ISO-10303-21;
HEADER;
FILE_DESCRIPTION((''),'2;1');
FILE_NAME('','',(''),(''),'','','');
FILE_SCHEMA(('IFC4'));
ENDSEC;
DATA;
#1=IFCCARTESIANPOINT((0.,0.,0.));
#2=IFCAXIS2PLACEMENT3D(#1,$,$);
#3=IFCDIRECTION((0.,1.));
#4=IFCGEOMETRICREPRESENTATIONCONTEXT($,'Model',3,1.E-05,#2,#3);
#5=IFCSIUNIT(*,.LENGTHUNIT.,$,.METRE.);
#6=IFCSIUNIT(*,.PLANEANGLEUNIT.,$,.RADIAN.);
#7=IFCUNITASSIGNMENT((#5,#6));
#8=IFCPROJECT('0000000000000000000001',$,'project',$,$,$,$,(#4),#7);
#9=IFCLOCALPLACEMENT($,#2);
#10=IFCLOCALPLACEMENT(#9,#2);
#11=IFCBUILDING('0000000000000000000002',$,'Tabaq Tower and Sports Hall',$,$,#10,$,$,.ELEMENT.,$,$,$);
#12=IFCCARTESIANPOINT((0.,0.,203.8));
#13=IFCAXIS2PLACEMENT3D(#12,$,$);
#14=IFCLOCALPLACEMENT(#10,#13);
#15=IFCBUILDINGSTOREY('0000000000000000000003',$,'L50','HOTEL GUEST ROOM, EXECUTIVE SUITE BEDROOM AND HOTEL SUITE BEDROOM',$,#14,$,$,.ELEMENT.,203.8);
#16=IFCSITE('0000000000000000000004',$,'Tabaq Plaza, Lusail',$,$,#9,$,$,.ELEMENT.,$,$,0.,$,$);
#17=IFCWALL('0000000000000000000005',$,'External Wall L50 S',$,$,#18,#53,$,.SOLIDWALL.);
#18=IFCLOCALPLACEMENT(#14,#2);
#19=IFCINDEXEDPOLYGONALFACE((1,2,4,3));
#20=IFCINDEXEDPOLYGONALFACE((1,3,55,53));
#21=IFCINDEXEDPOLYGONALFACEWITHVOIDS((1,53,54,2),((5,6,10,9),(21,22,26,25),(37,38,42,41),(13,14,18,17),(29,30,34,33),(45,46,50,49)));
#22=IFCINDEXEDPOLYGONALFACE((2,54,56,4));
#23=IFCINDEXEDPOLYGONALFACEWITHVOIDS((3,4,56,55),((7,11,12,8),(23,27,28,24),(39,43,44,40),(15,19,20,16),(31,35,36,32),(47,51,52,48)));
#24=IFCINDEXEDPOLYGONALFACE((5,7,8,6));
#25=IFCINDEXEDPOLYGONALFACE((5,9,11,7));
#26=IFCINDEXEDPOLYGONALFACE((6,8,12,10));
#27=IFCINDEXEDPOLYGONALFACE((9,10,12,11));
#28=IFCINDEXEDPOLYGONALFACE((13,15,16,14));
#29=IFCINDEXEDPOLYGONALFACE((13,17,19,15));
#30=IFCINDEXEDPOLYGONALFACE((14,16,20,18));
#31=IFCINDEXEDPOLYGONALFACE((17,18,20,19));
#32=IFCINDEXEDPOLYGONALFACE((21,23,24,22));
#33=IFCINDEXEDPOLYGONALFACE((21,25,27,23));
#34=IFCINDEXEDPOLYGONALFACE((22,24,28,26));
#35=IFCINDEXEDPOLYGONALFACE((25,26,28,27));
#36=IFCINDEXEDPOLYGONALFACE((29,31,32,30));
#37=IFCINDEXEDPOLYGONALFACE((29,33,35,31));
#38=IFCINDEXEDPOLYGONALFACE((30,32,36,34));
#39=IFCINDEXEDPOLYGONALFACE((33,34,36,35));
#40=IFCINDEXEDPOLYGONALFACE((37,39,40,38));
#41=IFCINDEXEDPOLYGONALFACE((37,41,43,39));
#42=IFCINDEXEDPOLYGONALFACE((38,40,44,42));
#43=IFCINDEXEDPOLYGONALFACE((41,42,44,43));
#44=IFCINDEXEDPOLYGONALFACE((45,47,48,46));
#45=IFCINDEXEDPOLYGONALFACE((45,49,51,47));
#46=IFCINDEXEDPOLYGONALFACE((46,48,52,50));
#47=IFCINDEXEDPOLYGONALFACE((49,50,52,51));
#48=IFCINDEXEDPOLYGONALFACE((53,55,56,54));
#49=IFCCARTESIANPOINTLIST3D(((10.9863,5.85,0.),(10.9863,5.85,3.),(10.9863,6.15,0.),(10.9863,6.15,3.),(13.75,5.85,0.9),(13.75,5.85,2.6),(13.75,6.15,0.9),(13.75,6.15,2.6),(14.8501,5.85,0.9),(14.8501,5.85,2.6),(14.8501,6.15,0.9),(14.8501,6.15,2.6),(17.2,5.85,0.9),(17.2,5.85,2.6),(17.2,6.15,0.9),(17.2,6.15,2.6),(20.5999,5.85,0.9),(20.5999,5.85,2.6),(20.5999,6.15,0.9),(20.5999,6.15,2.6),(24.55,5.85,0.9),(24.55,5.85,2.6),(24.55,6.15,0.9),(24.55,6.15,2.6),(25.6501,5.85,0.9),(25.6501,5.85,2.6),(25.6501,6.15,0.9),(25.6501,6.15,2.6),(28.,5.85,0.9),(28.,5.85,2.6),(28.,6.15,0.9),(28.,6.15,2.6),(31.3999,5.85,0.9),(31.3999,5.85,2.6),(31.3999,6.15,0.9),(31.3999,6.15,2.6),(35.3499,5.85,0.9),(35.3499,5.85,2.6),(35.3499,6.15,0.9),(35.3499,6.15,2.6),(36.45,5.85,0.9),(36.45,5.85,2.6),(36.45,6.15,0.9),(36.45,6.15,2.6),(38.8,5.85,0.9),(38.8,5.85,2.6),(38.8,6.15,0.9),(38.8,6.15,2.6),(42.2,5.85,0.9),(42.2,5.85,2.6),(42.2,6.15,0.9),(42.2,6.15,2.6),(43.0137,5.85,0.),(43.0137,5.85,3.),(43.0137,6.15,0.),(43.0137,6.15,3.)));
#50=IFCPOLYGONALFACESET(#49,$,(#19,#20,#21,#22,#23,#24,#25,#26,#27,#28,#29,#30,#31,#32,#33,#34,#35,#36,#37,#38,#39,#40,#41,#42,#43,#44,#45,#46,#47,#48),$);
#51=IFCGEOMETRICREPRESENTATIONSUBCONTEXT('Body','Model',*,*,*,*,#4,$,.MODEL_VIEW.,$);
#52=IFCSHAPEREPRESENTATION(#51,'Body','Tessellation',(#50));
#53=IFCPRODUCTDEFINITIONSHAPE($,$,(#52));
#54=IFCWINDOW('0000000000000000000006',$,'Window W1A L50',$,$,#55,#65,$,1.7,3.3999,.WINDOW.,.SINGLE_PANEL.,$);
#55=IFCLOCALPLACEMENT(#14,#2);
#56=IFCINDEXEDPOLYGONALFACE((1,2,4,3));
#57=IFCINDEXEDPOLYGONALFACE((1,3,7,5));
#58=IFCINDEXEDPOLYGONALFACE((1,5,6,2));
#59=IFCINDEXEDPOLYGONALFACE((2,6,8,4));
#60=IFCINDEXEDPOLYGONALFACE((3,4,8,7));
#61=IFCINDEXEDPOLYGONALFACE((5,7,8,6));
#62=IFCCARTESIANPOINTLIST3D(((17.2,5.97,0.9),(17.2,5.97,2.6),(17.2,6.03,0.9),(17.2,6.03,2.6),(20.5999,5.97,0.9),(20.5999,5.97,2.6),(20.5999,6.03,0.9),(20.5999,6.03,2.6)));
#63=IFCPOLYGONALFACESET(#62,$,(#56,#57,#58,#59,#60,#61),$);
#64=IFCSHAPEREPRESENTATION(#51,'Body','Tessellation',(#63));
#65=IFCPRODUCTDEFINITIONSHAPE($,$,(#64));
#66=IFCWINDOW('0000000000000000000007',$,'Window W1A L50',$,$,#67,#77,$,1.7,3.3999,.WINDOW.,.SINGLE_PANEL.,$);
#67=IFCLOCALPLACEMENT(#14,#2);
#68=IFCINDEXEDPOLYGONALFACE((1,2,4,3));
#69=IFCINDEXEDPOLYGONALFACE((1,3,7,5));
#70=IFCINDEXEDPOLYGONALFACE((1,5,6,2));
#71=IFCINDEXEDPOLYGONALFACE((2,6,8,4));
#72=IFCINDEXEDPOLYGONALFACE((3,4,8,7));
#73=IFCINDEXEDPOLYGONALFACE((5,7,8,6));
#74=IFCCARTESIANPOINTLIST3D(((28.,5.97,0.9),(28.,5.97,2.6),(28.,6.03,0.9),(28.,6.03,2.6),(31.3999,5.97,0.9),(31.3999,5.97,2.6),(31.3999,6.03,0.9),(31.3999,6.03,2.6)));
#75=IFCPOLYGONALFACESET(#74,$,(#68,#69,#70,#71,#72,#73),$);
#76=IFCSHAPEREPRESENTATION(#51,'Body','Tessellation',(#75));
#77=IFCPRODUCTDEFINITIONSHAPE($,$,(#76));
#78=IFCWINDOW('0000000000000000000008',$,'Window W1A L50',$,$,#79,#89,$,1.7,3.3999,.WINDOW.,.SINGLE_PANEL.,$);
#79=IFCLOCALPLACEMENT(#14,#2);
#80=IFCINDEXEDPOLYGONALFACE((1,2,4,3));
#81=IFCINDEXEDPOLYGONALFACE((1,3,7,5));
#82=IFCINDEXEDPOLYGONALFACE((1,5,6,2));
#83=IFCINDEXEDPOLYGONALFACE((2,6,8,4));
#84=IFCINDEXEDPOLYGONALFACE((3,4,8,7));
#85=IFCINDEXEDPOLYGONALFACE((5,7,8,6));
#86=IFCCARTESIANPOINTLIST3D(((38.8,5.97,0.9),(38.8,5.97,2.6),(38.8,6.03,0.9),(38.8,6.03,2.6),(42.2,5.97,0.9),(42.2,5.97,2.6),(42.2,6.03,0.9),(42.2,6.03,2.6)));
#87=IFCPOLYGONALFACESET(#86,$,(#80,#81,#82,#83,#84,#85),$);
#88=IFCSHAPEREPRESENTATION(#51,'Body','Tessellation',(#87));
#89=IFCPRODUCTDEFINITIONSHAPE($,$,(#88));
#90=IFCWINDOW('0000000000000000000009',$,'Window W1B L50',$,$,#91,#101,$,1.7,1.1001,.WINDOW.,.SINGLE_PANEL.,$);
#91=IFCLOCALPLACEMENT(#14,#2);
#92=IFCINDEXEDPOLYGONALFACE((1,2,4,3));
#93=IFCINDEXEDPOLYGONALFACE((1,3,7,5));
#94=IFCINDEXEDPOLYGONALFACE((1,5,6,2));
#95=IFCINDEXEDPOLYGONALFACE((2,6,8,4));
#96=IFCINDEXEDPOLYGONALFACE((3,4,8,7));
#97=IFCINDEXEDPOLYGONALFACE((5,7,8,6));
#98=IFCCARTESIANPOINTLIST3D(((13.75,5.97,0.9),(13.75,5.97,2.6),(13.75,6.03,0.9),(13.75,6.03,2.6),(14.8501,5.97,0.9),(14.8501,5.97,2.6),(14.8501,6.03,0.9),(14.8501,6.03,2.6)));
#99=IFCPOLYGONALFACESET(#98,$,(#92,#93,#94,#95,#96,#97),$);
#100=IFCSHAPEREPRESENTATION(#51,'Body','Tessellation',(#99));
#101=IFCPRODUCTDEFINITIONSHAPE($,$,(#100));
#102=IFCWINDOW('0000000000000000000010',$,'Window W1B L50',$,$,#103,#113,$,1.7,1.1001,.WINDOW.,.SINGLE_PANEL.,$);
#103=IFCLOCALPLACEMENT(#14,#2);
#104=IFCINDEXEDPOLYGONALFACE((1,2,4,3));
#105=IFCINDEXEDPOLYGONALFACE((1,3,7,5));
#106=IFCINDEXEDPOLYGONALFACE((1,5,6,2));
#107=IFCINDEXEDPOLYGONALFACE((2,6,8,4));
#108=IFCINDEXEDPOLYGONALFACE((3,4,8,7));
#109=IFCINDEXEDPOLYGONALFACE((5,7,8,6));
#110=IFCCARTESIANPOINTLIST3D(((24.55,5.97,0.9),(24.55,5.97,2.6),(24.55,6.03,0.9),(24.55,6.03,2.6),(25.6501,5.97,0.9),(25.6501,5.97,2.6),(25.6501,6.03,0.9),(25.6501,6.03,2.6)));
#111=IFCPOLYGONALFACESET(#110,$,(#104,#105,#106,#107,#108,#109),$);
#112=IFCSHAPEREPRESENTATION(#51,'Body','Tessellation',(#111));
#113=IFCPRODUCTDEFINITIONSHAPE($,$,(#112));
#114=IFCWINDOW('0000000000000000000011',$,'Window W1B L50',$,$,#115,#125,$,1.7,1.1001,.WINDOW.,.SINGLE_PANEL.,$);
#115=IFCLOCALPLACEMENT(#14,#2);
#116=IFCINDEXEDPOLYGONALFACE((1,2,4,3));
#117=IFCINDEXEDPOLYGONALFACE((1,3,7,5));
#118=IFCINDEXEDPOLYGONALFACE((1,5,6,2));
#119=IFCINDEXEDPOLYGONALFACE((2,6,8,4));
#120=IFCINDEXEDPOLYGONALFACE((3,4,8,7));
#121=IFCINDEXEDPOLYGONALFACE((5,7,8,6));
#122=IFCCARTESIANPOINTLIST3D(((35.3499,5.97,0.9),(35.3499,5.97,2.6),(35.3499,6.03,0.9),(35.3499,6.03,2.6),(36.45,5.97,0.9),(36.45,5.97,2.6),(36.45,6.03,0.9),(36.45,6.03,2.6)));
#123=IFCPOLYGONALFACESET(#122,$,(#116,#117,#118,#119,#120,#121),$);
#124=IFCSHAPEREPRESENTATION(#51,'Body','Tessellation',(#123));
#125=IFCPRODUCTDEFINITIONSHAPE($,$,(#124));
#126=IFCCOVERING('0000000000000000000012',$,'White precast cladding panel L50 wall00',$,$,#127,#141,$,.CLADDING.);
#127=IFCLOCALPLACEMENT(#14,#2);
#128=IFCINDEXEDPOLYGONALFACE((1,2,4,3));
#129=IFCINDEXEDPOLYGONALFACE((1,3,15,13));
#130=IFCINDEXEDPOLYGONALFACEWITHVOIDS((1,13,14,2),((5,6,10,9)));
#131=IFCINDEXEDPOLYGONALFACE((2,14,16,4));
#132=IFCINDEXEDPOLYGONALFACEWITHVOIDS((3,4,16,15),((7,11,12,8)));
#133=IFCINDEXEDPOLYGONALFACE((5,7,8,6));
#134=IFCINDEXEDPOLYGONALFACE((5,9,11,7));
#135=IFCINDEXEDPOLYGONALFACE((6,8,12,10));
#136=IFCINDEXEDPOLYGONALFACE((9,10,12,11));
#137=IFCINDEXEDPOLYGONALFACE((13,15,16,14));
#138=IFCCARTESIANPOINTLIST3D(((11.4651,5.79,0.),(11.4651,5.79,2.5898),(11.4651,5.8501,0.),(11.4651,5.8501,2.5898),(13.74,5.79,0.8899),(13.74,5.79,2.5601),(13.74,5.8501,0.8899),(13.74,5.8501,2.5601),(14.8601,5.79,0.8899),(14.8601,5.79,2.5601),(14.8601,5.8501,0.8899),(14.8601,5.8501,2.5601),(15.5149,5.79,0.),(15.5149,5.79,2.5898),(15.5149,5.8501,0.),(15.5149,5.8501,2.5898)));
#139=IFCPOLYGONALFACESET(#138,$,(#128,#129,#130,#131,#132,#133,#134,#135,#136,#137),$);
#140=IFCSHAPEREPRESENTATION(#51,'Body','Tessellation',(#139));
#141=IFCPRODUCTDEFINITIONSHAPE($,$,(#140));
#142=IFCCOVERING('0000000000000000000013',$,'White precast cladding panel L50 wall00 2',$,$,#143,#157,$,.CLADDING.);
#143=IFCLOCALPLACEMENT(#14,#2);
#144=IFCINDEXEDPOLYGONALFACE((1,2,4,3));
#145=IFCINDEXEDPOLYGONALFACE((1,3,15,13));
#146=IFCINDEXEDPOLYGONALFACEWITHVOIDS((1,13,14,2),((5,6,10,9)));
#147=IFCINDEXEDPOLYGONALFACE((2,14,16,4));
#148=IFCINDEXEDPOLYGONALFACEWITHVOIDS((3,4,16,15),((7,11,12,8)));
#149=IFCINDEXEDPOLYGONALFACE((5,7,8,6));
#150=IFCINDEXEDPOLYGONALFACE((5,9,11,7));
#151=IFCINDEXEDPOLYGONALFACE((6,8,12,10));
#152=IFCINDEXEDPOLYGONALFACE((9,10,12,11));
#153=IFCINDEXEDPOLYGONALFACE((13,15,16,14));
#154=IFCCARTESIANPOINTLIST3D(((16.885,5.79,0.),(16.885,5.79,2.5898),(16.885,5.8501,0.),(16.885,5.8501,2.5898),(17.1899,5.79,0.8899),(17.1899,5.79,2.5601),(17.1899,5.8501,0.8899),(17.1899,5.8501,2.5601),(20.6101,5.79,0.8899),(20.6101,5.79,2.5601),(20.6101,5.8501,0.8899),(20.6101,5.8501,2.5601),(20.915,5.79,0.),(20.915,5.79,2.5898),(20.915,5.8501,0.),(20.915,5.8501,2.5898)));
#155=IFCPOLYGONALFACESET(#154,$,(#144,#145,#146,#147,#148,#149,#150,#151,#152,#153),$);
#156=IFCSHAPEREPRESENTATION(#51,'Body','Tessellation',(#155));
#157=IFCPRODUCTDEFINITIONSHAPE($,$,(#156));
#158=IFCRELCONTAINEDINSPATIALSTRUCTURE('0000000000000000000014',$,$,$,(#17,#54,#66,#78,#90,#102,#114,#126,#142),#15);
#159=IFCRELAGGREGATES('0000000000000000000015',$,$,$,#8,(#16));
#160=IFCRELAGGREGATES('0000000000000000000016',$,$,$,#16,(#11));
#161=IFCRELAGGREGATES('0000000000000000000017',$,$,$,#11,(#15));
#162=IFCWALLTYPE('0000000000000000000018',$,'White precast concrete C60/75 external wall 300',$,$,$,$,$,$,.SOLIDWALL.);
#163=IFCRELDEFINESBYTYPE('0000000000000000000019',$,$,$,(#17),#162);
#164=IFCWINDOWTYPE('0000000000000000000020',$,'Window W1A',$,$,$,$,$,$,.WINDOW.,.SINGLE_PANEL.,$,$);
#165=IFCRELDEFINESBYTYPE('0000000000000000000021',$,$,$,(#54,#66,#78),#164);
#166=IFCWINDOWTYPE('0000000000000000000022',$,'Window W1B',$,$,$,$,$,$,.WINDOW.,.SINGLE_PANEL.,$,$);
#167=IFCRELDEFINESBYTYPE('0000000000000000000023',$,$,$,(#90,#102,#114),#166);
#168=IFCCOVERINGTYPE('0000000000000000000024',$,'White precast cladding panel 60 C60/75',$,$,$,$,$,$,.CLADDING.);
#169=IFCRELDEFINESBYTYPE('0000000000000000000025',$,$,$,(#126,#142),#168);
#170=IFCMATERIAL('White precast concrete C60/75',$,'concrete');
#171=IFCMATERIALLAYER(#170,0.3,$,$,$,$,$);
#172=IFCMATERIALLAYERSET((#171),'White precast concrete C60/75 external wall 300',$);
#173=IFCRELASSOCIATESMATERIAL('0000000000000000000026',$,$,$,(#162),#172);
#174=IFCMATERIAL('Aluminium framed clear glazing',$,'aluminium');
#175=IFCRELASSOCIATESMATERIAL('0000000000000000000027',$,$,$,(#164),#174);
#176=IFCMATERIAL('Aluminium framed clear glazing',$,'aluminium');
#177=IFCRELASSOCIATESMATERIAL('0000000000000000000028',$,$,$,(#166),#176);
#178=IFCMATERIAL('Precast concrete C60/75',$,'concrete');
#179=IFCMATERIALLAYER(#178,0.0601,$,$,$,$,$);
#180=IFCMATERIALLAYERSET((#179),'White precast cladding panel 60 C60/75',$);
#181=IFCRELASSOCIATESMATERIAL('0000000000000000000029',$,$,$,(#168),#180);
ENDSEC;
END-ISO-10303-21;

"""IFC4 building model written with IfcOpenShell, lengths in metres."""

from ifc_helpers import new_model, si_unit, direction, frame, frame_2d, origin, place, context, subcontext, project, spatial, polyline, rectangle, outline, extrude, material, layer, layer_set, type_object, element, fill, save


model = new_model("IFC4")

# Units and contexts
model_context = context("Model", 3, precision=1e-05, world=origin(), true_north=direction((0.0, 1.0)))
body_context = subcontext(model_context, "Body", "Model", "MODEL_VIEW")
ifc_project = project(units=[si_unit("LENGTHUNIT", "METRE"), si_unit("PLANEANGLEUNIT", "RADIAN")], contexts=[model_context])

# Site, building, storey
site_placement = place(None, origin())
site = spatial("IfcSite", under=ifc_project, at=site_placement, Name="Tabaq Plaza, Lusail", CompositionType="ELEMENT", RefElevation=0.0)
building_placement = place(site_placement, origin())
building = spatial("IfcBuilding", under=site, at=building_placement, Name="Tabaq Tower and Sports Hall", CompositionType="ELEMENT")
storey_placement = place(building_placement, frame((0.0, 0.0, 203.8)))
storey = spatial("IfcBuildingStorey", under=building, at=storey_placement, Name="L50", Description="HOTEL GUEST ROOM, EXECUTIVE SUITE BEDROOM AND HOTEL SUITE BEDROOM", CompositionType="ELEMENT", Elevation=203.8)

# Wall, openings, windows
ifc_material_1 = material(Name="White precast concrete C60/75", Category="concrete")
ifc_layer_1 = layer(ifc_material_1, 0.3)
ifc_layer_set_1 = layer_set([ifc_layer_1], Name="White precast concrete C60/75 external wall 300")
wall_type_1 = type_object("IfcWallType", Name="White precast concrete C60/75 external wall 300", PredefinedType="SOLIDWALL", material=ifc_layer_set_1)
wall_1_placement = place(storey_placement, frame((10.9863, 6.0, 0.0), z_axis=(0.0, 0.0, 1.0), x_axis=(1.0, 0.0, 0.0)))
wall_1 = element("IfcWall", 1, at=wall_1_placement, inside=storey, type_object=wall_type_1, Name="External Wall L50 S", PredefinedType="SOLIDWALL", context=body_context, shape_type="SweptSolid", body=[
    extrude(rectangle(XDim=32.0273, YDim=0.3, at=frame_2d((16.0137, 0.0))), origin(), (0.0, 0.0, 1.0), 3.0),
])
opening_1_placement = place(wall_1_placement, frame((2.7637, 0.0, 0.8999)))
opening_1 = element("IfcOpeningElement", 2, at=opening_1_placement, cuts=wall_1, PredefinedType="OPENING", context=body_context, shape_type="SweptSolid", body=[
    extrude(rectangle(XDim=1.1001, YDim=1.7, at=frame_2d((0.55, 0.8501))), frame((0.0, 0.1602, 0.0), z_axis=(0.0, -1.0, 0.0), x_axis=(1.0, 0.0, 0.0)), (0.0, 0.0, 1.0), 0.3201),
])
opening_2_placement = place(wall_1_placement, frame((6.2136, 0.0, 0.8999)))
opening_2 = element("IfcOpeningElement", 3, at=opening_2_placement, cuts=wall_1, PredefinedType="OPENING", context=body_context, shape_type="SweptSolid", body=[
    extrude(rectangle(XDim=3.3999, YDim=1.7, at=frame_2d((1.7, 0.8501))), frame((0.0, 0.1602, 0.0), z_axis=(0.0, -1.0, 0.0), x_axis=(1.0, 0.0, 0.0)), (0.0, 0.0, 1.0), 0.3201),
])
opening_3_placement = place(wall_1_placement, frame((13.5637, 0.0, 0.8999)))
opening_3 = element("IfcOpeningElement", 4, at=opening_3_placement, cuts=wall_1, PredefinedType="OPENING", context=body_context, shape_type="SweptSolid", body=[
    extrude(rectangle(XDim=1.1001, YDim=1.7, at=frame_2d((0.55, 0.8501))), frame((0.0, 0.1602, 0.0), z_axis=(0.0, -1.0, 0.0), x_axis=(1.0, 0.0, 0.0)), (0.0, 0.0, 1.0), 0.3201),
])
opening_4_placement = place(wall_1_placement, frame((17.0137, 0.0, 0.8999)))
opening_4 = element("IfcOpeningElement", 5, at=opening_4_placement, cuts=wall_1, PredefinedType="OPENING", context=body_context, shape_type="SweptSolid", body=[
    extrude(rectangle(XDim=3.3999, YDim=1.7, at=frame_2d((1.7, 0.8501))), frame((0.0, 0.1602, 0.0), z_axis=(0.0, -1.0, 0.0), x_axis=(1.0, 0.0, 0.0)), (0.0, 0.0, 1.0), 0.3201),
])
opening_5_placement = place(wall_1_placement, frame((24.3635, 0.0, 0.8999)))
opening_5 = element("IfcOpeningElement", 6, at=opening_5_placement, cuts=wall_1, PredefinedType="OPENING", context=body_context, shape_type="SweptSolid", body=[
    extrude(rectangle(XDim=1.1001, YDim=1.7, at=frame_2d((0.55, 0.8501))), frame((0.0, 0.1602, 0.0), z_axis=(0.0, -1.0, 0.0), x_axis=(1.0, 0.0, 0.0)), (0.0, 0.0, 1.0), 0.3201),
])
opening_6_placement = place(wall_1_placement, frame((27.8137, 0.0, 0.8999)))
opening_6 = element("IfcOpeningElement", 7, at=opening_6_placement, cuts=wall_1, PredefinedType="OPENING", context=body_context, shape_type="SweptSolid", body=[
    extrude(rectangle(XDim=3.3999, YDim=1.7, at=frame_2d((1.7, 0.8501))), frame((0.0, 0.1602, 0.0), z_axis=(0.0, -1.0, 0.0), x_axis=(1.0, 0.0, 0.0)), (0.0, 0.0, 1.0), 0.3201),
])
ifc_material_2 = material(Name="Aluminium framed clear glazing", Category="aluminium")
window_type_1 = type_object("IfcWindowType", Name="Window W1A", PartitioningType="SINGLE_PANEL", PredefinedType="WINDOW", material=ifc_material_2)
window_1_placement = place(opening_2_placement, origin())
window_1 = element("IfcWindow", 8, at=window_1_placement, inside=storey, type_object=window_type_1, Name="Window W1A L50", OverallHeight=1.7, OverallWidth=3.3999, PartitioningType="SINGLE_PANEL", PredefinedType="WINDOW", context=body_context, shape_type="SweptSolid", body=[
    extrude(rectangle(XDim=3.3999, YDim=1.7, at=frame_2d((1.7, 0.8501))), frame((0.0, 0.03, 0.0), z_axis=(0.0, -1.0, 0.0), x_axis=(1.0, 0.0, 0.0)), (0.0, 0.0, 1.0), 0.0601),
])
fill(opening_2, window_1)
window_2_placement = place(opening_4_placement, origin())
window_2 = element("IfcWindow", 9, at=window_2_placement, inside=storey, type_object=window_type_1, Name="Window W1A L50", OverallHeight=1.7, OverallWidth=3.3999, PartitioningType="SINGLE_PANEL", PredefinedType="WINDOW", context=body_context, shape_type="SweptSolid", body=[
    extrude(rectangle(XDim=3.3999, YDim=1.7, at=frame_2d((1.7, 0.8501))), frame((0.0, 0.03, 0.0), z_axis=(0.0, -1.0, 0.0), x_axis=(1.0, 0.0, 0.0)), (0.0, 0.0, 1.0), 0.0601),
])
fill(opening_4, window_2)
window_3_placement = place(opening_6_placement, origin())
window_3 = element("IfcWindow", 10, at=window_3_placement, inside=storey, type_object=window_type_1, Name="Window W1A L50", OverallHeight=1.7, OverallWidth=3.3999, PartitioningType="SINGLE_PANEL", PredefinedType="WINDOW", context=body_context, shape_type="SweptSolid", body=[
    extrude(rectangle(XDim=3.3999, YDim=1.7, at=frame_2d((1.7, 0.8501))), frame((0.0, 0.03, 0.0), z_axis=(0.0, -1.0, 0.0), x_axis=(1.0, 0.0, 0.0)), (0.0, 0.0, 1.0), 0.0601),
])
fill(opening_6, window_3)
ifc_material_3 = material(Name="Aluminium framed clear glazing", Category="aluminium")
window_type_2 = type_object("IfcWindowType", Name="Window W1B", PartitioningType="SINGLE_PANEL", PredefinedType="WINDOW", material=ifc_material_3)
window_4_placement = place(opening_1_placement, origin())
window_4 = element("IfcWindow", 11, at=window_4_placement, inside=storey, type_object=window_type_2, Name="Window W1B L50", OverallHeight=1.7, OverallWidth=1.1001, PartitioningType="SINGLE_PANEL", PredefinedType="WINDOW", context=body_context, shape_type="SweptSolid", body=[
    extrude(rectangle(XDim=1.1001, YDim=1.7, at=frame_2d((0.55, 0.8501))), frame((0.0, 0.03, 0.0), z_axis=(0.0, -1.0, 0.0), x_axis=(1.0, 0.0, 0.0)), (0.0, 0.0, 1.0), 0.0601),
])
fill(opening_1, window_4)
window_5_placement = place(opening_3_placement, origin())
window_5 = element("IfcWindow", 12, at=window_5_placement, inside=storey, type_object=window_type_2, Name="Window W1B L50", OverallHeight=1.7, OverallWidth=1.1001, PartitioningType="SINGLE_PANEL", PredefinedType="WINDOW", context=body_context, shape_type="SweptSolid", body=[
    extrude(rectangle(XDim=1.1001, YDim=1.7, at=frame_2d((0.55, 0.8501))), frame((0.0, 0.03, 0.0), z_axis=(0.0, -1.0, 0.0), x_axis=(1.0, 0.0, 0.0)), (0.0, 0.0, 1.0), 0.0601),
])
fill(opening_3, window_5)
window_6_placement = place(opening_5_placement, origin())
window_6 = element("IfcWindow", 13, at=window_6_placement, inside=storey, type_object=window_type_2, Name="Window W1B L50", OverallHeight=1.7, OverallWidth=1.1001, PartitioningType="SINGLE_PANEL", PredefinedType="WINDOW", context=body_context, shape_type="SweptSolid", body=[
    extrude(rectangle(XDim=1.1001, YDim=1.7, at=frame_2d((0.55, 0.8501))), frame((0.0, 0.03, 0.0), z_axis=(0.0, -1.0, 0.0), x_axis=(1.0, 0.0, 0.0)), (0.0, 0.0, 1.0), 0.0601),
])
fill(opening_5, window_6)

# Coverings
ifc_material_4 = material(Name="Precast concrete C60/75", Category="concrete")
ifc_layer_2 = layer(ifc_material_4, 0.0601)
ifc_layer_set_2 = layer_set([ifc_layer_2], Name="White precast cladding panel 60 C60/75")
covering_type = type_object("IfcCoveringType", Name="White precast cladding panel 60 C60/75", PredefinedType="CLADDING", material=ifc_layer_set_2)
covering_1_placement = place(storey_placement, frame((11.4651, 5.8201, 0.0), z_axis=(0.0, 0.0, 1.0), x_axis=(1.0, 0.0, 0.0)))
element("IfcCovering", 14, at=covering_1_placement, inside=storey, type_object=covering_type, Name="White precast cladding panel L50 wall00", PredefinedType="CLADDING", context=body_context, shape_type="SweptSolid", body=[
    extrude(outline(polyline([(0.0, 0.0), (4.0498, 0.0), (4.0498, 2.5898), (0.0, 2.5898), (0.0, 0.0)]), holes=[polyline([(3.395, 0.8899), (2.2749, 0.8899), (2.2749, 2.5601), (3.395, 2.5601), (3.395, 0.8899)])]), frame((0.0, 0.03, 0.0), z_axis=(0.0, -1.0, 0.0), x_axis=(1.0, 0.0, 0.0)), (0.0, 0.0, 1.0), 0.0601),
])
covering_2_placement = place(storey_placement, frame((16.885, 5.8201, 0.0), z_axis=(0.0, 0.0, 1.0), x_axis=(1.0, 0.0, 0.0)))
element("IfcCovering", 15, at=covering_2_placement, inside=storey, type_object=covering_type, Name="White precast cladding panel L50 wall00 2", PredefinedType="CLADDING", context=body_context, shape_type="SweptSolid", body=[
    extrude(outline(polyline([(0.0, 0.0), (4.03, 0.0), (4.03, 2.5898), (0.0, 2.5898), (0.0, 0.0)]), holes=[polyline([(3.7251, 0.8899), (0.3049, 0.8899), (0.3049, 2.5601), (3.7251, 2.5601), (3.7251, 0.8899)])]), frame((0.0, 0.03, 0.0), z_axis=(0.0, -1.0, 0.0), x_axis=(1.0, 0.0, 0.0)), (0.0, 0.0, 1.0), 0.0601),
])

save(model, "model.ifc")
